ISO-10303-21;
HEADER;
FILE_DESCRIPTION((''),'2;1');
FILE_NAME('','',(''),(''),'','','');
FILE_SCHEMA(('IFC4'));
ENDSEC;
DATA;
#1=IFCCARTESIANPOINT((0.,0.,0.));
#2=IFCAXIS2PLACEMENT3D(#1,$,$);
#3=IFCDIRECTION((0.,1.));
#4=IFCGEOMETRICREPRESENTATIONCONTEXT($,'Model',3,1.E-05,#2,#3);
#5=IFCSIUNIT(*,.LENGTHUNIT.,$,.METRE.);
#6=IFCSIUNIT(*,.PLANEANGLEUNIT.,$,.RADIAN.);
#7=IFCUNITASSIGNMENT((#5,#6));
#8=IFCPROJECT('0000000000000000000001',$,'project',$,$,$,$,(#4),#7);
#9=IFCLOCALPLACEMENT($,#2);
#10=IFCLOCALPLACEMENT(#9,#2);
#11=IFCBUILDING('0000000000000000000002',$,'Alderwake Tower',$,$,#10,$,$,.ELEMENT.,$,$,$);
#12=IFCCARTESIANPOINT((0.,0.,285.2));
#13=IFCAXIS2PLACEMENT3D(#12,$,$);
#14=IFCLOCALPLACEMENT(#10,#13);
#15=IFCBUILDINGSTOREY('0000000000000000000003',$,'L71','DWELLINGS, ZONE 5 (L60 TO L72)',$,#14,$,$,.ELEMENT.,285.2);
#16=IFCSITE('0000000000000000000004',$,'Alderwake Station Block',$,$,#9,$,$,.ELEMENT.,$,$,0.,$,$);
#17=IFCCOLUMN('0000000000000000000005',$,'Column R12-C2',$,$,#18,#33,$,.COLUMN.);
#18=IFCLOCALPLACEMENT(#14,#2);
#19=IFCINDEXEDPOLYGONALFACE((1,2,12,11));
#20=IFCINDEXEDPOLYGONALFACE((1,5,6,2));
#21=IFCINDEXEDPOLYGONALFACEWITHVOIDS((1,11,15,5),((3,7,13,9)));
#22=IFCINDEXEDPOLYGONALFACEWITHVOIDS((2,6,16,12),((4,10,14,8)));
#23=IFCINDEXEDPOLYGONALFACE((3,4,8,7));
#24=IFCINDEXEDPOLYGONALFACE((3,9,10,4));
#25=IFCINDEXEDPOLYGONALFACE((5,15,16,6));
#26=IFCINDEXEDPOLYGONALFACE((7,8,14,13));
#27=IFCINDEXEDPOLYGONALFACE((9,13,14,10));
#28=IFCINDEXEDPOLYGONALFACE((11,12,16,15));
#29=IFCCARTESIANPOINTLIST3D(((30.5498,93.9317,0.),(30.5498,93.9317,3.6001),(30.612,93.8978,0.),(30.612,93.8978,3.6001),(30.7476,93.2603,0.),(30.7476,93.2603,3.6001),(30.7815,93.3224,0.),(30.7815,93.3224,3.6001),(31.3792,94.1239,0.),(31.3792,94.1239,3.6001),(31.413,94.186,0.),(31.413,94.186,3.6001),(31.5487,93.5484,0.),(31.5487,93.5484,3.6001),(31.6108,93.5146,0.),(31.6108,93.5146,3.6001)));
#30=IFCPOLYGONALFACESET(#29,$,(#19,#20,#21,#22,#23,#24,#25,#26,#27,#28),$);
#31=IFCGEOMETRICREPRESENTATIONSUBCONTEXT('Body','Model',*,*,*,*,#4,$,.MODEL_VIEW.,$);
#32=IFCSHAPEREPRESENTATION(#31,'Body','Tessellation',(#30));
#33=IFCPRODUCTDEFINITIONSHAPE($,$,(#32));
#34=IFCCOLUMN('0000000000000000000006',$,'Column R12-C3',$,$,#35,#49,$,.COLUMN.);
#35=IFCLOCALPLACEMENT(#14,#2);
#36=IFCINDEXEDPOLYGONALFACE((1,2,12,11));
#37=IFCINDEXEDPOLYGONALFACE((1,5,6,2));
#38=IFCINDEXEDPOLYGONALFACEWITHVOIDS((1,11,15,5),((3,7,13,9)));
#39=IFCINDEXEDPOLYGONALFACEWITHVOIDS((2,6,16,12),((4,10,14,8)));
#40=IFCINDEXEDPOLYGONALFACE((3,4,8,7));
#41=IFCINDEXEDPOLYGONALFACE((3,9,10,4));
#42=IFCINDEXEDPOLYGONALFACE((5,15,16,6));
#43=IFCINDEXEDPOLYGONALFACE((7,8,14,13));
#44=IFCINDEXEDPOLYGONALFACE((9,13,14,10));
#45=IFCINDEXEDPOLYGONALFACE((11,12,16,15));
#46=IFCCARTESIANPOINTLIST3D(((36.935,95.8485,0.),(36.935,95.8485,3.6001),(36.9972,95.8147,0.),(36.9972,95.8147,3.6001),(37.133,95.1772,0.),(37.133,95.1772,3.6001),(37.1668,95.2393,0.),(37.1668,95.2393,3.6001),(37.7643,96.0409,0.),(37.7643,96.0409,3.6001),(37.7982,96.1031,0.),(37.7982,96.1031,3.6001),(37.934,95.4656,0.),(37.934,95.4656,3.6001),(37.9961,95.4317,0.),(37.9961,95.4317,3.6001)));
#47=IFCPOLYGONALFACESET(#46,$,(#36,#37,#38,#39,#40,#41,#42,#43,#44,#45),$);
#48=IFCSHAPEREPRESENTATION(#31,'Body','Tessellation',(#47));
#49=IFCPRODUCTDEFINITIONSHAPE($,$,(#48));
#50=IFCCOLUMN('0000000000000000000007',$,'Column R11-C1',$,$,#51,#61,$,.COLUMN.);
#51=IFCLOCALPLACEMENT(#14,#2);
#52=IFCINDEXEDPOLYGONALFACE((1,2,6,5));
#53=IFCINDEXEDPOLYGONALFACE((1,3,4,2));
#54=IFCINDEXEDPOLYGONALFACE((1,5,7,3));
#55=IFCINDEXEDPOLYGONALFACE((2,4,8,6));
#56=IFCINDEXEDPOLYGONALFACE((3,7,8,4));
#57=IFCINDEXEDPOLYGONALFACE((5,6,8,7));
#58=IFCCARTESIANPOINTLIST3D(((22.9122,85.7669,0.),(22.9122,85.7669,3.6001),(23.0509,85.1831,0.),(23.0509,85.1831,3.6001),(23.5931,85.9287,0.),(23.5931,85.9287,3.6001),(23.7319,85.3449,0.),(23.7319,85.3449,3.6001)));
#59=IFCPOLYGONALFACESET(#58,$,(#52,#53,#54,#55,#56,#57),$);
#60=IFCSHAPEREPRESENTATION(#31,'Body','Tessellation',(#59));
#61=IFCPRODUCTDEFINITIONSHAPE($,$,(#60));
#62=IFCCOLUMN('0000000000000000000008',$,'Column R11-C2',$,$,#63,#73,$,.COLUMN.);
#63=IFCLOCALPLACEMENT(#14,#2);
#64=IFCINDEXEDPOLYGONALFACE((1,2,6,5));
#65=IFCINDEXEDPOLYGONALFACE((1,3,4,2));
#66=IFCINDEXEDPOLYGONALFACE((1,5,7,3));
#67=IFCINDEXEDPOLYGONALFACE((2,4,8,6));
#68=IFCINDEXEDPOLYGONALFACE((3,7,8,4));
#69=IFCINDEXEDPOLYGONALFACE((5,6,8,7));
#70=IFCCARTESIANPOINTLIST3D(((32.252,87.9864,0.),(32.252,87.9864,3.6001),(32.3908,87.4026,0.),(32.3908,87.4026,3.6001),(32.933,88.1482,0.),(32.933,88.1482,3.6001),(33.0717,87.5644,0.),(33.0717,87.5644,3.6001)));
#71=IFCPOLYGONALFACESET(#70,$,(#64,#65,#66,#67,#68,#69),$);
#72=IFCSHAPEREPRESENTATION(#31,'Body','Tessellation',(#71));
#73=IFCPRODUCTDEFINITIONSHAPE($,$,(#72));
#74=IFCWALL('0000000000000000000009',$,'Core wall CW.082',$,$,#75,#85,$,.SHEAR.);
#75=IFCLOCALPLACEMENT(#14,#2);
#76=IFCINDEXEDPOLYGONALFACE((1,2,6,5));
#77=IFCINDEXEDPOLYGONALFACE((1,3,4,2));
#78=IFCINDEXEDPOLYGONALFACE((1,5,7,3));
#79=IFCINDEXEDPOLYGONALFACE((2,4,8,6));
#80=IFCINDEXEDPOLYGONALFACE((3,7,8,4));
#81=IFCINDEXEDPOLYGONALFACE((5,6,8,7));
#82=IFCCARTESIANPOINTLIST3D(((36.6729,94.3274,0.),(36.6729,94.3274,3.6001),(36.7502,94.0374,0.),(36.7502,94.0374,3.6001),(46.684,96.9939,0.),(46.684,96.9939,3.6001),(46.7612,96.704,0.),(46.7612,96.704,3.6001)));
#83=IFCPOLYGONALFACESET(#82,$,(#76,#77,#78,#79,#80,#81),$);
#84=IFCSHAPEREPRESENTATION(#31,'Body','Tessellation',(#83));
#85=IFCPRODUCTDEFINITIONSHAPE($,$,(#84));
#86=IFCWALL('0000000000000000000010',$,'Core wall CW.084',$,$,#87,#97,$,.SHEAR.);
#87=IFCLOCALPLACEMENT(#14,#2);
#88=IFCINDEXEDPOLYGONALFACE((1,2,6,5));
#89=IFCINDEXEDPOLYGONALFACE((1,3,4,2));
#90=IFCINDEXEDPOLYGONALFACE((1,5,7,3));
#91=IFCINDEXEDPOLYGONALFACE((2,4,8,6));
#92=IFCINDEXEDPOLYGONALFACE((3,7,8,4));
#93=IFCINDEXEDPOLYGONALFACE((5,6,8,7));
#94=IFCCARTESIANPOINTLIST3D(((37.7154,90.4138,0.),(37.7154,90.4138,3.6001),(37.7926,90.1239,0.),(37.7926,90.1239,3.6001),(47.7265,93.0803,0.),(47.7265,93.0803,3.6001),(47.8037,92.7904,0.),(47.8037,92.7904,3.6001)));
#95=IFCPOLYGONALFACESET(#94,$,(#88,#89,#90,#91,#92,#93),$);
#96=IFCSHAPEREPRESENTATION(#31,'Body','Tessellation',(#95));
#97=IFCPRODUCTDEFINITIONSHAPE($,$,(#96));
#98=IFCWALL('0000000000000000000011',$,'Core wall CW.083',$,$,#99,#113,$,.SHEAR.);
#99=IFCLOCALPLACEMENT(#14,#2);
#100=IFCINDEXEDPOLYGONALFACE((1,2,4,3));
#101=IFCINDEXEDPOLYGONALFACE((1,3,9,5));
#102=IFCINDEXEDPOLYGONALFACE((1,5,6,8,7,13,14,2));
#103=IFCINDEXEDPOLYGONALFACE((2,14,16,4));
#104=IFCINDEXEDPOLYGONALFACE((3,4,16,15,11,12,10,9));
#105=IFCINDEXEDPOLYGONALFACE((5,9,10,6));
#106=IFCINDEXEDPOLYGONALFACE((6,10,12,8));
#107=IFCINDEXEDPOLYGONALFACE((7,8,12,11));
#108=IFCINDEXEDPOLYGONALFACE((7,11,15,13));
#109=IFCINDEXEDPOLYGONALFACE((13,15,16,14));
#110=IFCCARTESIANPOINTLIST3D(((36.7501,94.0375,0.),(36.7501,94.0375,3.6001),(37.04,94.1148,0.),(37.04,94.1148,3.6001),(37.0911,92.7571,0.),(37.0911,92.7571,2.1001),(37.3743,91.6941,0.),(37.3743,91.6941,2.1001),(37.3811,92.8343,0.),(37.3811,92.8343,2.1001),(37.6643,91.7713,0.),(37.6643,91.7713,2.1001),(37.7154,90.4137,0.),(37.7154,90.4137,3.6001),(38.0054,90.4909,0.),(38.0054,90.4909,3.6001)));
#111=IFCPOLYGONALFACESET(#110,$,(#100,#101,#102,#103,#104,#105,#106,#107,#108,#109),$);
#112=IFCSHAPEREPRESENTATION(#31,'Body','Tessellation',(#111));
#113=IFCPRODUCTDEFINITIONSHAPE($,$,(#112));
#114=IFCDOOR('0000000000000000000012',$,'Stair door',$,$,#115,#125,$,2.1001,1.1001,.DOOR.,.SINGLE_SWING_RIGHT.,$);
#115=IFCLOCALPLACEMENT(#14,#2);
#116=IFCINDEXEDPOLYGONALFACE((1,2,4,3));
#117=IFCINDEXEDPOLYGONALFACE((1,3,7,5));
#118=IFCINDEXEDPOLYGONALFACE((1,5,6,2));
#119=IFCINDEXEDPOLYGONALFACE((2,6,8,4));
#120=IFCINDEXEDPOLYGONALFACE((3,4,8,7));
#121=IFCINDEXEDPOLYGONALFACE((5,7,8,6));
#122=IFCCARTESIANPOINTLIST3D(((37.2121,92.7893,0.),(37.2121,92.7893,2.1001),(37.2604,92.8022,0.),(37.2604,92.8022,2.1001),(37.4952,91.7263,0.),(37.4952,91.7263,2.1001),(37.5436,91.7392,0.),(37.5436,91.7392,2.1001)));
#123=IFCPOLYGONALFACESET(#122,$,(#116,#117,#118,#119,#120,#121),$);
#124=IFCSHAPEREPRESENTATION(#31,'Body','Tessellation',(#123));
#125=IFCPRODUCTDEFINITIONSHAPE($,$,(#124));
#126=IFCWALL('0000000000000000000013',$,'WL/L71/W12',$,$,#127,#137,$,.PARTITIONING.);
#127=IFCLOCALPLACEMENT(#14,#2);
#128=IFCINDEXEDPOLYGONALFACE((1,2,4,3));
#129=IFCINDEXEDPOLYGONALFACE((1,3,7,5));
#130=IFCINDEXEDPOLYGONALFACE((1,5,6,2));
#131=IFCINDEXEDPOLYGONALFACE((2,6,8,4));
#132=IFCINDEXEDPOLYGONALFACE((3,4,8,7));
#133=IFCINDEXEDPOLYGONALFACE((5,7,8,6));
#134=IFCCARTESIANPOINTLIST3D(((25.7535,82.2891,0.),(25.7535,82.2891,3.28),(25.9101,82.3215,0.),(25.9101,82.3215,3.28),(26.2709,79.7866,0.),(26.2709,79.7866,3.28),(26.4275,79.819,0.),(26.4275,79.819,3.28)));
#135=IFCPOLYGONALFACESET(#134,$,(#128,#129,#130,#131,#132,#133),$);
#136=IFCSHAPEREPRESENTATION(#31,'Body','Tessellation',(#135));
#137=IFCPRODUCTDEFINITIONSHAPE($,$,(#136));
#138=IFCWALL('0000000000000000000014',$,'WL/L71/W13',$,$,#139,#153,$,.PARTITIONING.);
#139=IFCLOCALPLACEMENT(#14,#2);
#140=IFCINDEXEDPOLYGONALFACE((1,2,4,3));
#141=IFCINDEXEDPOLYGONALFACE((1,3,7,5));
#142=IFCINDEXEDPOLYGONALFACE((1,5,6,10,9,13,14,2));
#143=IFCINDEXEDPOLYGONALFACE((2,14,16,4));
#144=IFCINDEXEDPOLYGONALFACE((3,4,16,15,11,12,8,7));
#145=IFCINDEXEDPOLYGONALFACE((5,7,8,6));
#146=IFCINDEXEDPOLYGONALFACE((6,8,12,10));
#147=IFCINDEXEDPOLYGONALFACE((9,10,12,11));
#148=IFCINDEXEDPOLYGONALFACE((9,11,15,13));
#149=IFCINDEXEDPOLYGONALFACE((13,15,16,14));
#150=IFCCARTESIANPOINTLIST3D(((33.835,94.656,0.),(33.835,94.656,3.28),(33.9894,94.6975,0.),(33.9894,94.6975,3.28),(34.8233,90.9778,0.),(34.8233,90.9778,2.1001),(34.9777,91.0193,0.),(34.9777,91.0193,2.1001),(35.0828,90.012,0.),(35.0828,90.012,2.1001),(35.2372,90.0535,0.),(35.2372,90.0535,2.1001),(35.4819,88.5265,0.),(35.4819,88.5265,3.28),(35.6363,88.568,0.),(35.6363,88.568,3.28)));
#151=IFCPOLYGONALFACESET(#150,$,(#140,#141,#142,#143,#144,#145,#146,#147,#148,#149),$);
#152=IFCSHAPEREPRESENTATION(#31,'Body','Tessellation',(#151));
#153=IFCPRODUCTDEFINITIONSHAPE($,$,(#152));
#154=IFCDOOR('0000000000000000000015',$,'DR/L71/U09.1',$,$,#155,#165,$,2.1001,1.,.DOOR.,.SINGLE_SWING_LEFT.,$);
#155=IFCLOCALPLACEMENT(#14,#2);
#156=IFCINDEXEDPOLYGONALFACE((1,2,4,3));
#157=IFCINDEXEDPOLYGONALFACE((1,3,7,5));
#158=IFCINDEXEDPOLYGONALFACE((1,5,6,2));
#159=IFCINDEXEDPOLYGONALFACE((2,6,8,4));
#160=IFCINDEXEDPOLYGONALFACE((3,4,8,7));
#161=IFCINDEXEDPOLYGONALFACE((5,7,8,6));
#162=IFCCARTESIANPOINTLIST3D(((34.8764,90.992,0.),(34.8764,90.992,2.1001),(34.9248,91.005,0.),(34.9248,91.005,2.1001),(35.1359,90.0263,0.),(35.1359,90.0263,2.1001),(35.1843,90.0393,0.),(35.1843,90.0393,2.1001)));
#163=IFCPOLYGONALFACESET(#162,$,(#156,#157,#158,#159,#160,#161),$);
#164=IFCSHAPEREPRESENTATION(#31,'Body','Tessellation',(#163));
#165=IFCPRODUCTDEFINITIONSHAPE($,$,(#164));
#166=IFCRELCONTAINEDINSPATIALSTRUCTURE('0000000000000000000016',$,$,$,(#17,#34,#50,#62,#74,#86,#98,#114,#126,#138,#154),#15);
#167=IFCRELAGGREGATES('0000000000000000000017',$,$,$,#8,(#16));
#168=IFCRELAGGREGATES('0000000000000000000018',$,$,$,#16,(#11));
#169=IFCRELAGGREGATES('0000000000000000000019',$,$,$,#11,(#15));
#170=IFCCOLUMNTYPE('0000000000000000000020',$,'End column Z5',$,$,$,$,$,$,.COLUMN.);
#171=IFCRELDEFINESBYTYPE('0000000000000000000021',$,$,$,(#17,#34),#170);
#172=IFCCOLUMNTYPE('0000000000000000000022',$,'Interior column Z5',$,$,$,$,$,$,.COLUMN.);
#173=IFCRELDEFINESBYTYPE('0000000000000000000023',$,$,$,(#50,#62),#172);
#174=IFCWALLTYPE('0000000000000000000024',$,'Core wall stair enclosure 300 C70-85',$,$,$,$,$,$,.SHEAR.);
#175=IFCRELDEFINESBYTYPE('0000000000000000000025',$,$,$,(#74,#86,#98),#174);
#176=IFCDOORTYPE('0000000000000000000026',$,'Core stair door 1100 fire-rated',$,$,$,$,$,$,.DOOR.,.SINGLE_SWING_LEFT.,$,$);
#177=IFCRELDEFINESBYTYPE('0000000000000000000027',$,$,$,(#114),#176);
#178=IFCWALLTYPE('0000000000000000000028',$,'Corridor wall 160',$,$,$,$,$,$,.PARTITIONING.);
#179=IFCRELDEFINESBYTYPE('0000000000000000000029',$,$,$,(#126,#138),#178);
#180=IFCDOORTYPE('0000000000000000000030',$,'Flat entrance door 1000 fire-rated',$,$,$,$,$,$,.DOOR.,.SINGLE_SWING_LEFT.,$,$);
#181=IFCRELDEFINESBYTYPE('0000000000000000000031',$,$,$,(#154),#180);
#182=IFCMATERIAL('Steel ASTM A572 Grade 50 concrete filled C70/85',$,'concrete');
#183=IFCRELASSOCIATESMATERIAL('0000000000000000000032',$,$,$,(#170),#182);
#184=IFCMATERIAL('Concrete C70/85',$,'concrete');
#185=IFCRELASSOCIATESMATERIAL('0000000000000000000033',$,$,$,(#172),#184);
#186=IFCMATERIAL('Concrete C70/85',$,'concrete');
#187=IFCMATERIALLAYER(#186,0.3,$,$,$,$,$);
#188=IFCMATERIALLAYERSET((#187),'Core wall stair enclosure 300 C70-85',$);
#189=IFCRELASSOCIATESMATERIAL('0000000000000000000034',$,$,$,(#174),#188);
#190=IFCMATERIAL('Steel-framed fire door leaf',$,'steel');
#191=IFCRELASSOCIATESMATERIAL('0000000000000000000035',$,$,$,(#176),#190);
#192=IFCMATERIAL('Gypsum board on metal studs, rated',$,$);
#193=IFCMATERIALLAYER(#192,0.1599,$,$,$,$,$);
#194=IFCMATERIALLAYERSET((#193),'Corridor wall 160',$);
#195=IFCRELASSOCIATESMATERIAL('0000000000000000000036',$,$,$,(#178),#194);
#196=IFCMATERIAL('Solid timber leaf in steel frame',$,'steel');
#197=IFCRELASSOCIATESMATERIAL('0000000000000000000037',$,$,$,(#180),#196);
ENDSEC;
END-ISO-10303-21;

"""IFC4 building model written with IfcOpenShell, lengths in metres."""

from ifc_helpers import new_model, si_unit, direction, frame, frame_2d, origin, origin_2d, place, context, subcontext, project, spatial, rectangle, hollow_rectangle, extrude, material, layer, layer_set, material_profile, profile_set, type_object, element, fill, save


model = new_model("IFC4")

# Units and contexts
model_context = context("Model", 3, precision=1e-05, world=origin(), true_north=direction((0.0, 1.0)))
body_context = subcontext(model_context, "Body", "Model", "MODEL_VIEW")
ifc_project = project(units=[si_unit("LENGTHUNIT", "METRE"), si_unit("PLANEANGLEUNIT", "RADIAN")], contexts=[model_context])

# Site, building, storey
site_placement = place(None, origin())
site = spatial("IfcSite", under=ifc_project, at=site_placement, Name="Alderwake Station Block", CompositionType="ELEMENT", RefElevation=0.0)
building_placement = place(site_placement, origin())
building = spatial("IfcBuilding", under=site, at=building_placement, Name="Alderwake Tower", CompositionType="ELEMENT")
storey_placement = place(building_placement, frame((0.0, 0.0, 285.2)))
storey = spatial("IfcBuildingStorey", under=building, at=storey_placement, Name="L71", Description="DWELLINGS, ZONE 5 (L60 TO L72)", CompositionType="ELEMENT", Elevation=285.2)

# Columns
ifc_material_1 = material(Name="Steel ASTM A572 Grade 50 concrete filled C70/85", Category="concrete")
ifc_material_profile_1 = material_profile(ifc_material_1, hollow_rectangle(XDim=0.7, YDim=0.8999, WallThickness=0.05, at=origin_2d()), Name="BOX 900X700X50")
ifc_profile_set_1 = profile_set([ifc_material_profile_1], Name="Steel ASTM A572 Grade 50 concrete filled C70/85")
column_type_1 = type_object("IfcColumnType", Name="End column Z5", PredefinedType="COLUMN", material=ifc_profile_set_1)
for number, where, z_axis, x_axis, name in (
    (1, (31.0803, 93.7231, 0.0), (0.0, 0.0, 1.0), (-0.282583, 0.959243, 0.0), "Column R12-C2"),
    (2, (37.4656, 95.6401, 0.0), (0.0, 0.0, 1.0), (-0.282854, 0.959163, 0.0), "Column R12-C3"),
):
    element("IfcColumn", number, at=place(storey_placement, frame(where, z_axis=z_axis, x_axis=x_axis)), inside=storey, type_object=column_type_1, Name=name, PredefinedType="COLUMN", context=body_context, shape_type="SweptSolid", body=[
        extrude(hollow_rectangle(XDim=0.7, YDim=0.8999, WallThickness=0.05, at=origin_2d()), origin(), (0.0, 0.0, 1.0), 3.6001),
    ])
ifc_material_2 = material(Name="Concrete C70/85", Category="concrete")
ifc_material_profile_2 = material_profile(ifc_material_2, rectangle(XDim=0.6001, YDim=0.7, at=origin_2d()), Name="RC 700X600")
ifc_profile_set_2 = profile_set([ifc_material_profile_2], Name="Concrete C70/85")
column_type_2 = type_object("IfcColumnType", Name="Interior column Z5", PredefinedType="COLUMN", material=ifc_profile_set_2)
for number, where, z_axis, x_axis, name in (
    (3, (23.322, 85.5559, 0.0), (0.0, 0.0, 1.0), (-0.231222, 0.972901, 0.0), "Column R11-C1"),
    (4, (32.6619, 87.7754, 0.0), (0.0, 0.0, 1.0), (-0.231222, 0.972901, 0.0), "Column R11-C2"),
):
    element("IfcColumn", number, at=place(storey_placement, frame(where, z_axis=z_axis, x_axis=x_axis)), inside=storey, type_object=column_type_2, Name=name, PredefinedType="COLUMN", context=body_context, shape_type="SweptSolid", body=[
        extrude(rectangle(XDim=0.6001, YDim=0.7, at=origin_2d()), origin(), (0.0, 0.0, 1.0), 3.6001),
    ])

# Walls
ifc_material_3 = material(Name="Concrete C70/85", Category="concrete")
ifc_layer_1 = layer(ifc_material_3, 0.3)
ifc_layer_set_1 = layer_set([ifc_layer_1], Name="Core wall stair enclosure 300 C70-85")
wall_type_1 = type_object("IfcWallType", Name="Core wall stair enclosure 300 C70-85", PredefinedType="SHEAR", material=ifc_layer_set_1)
for number, where, z_axis, x_axis, name in (
    (5, (36.7114, 94.1824, 0.0), (0.0, 0.0, 1.0), (0.966309, 0.257384, 0.0), "Core wall CW.082"),
    (6, (37.7539, 90.2688, 0.0), (0.0, 0.0, 1.0), (0.966309, 0.257384, 0.0), "Core wall CW.084"),
):
    element("IfcWall", number, at=place(storey_placement, frame(where, z_axis=z_axis, x_axis=x_axis)), inside=storey, type_object=wall_type_1, Name=name, PredefinedType="SHEAR", context=body_context, shape_type="SweptSolid", body=[
        extrude(rectangle(XDim=10.3601, YDim=0.3, at=frame_2d((5.1802, 0.0))), origin(), (0.0, 0.0, 1.0), 3.6001),
    ])

# Wall, opening, door
wall_1_placement = place(storey_placement, frame((37.8604, 90.4524, 0.0), z_axis=(0.0, 0.0, 1.0), x_axis=(-0.257411, 0.966302, 0.0)))
wall_1 = element("IfcWall", 7, at=wall_1_placement, inside=storey, type_object=wall_type_1, Name="Core wall CW.083", PredefinedType="SHEAR", context=body_context, shape_type="SweptSolid", body=[
    extrude(rectangle(XDim=3.7502, YDim=0.3, at=frame_2d((1.875, 0.0))), origin(), (0.0, 0.0, 1.0), 3.6001),
])
opening_1_placement = place(wall_1_placement, frame((1.325, 0.0, 0.0)))
opening_1 = element("IfcOpeningElement", 8, at=opening_1_placement, cuts=wall_1, PredefinedType="OPENING", context=body_context, shape_type="SweptSolid", body=[
    extrude(rectangle(XDim=1.1001, YDim=2.1001, at=frame_2d((0.55, 1.05))), frame((0.0, 0.1599, 0.0), z_axis=(0.0, -1.0, 0.0), x_axis=(1.0, 0.0, 0.0)), (0.0, 0.0, 1.0), 0.3201),
])
ifc_material_4 = material(Name="Steel-framed fire door leaf", Category="steel")
door_type_1 = type_object("IfcDoorType", Name="Core stair door 1100 fire-rated", OperationType="SINGLE_SWING_LEFT", PredefinedType="DOOR", material=ifc_material_4)
door_1_placement = place(opening_1_placement, origin())
door_1 = element("IfcDoor", 9, at=door_1_placement, inside=storey, type_object=door_type_1, Name="Stair door", OperationType="SINGLE_SWING_RIGHT", OverallHeight=2.1001, OverallWidth=1.1001, PredefinedType="DOOR", context=body_context, shape_type="SweptSolid", body=[
    extrude(rectangle(XDim=1.1001, YDim=2.1001, at=frame_2d((0.55, 1.05))), frame((0.0, 0.0249, 0.0), z_axis=(0.0, -1.0, 0.0), x_axis=(1.0, 0.0, 0.0)), (0.0, 0.0, 1.0), 0.05),
])
fill(opening_1, door_1)

# Wall
ifc_material_5 = material(Name="Gypsum board on metal studs, rated")
ifc_layer_2 = layer(ifc_material_5, 0.1599)
ifc_layer_set_2 = layer_set([ifc_layer_2], Name="Corridor wall 160")
wall_type_2 = type_object("IfcWallType", Name="Corridor wall 160", PredefinedType="PARTITIONING", material=ifc_layer_set_2)
wall_2_placement = place(storey_placement, frame((25.8318, 82.3054, 0.0), z_axis=(0.0, 0.0, 1.0), x_axis=(0.202451, -0.979292, 0.0)))
element("IfcWall", 10, at=wall_2_placement, inside=storey, type_object=wall_type_2, Name="WL/L71/W12", PredefinedType="PARTITIONING", context=body_context, shape_type="SweptSolid", body=[
    extrude(rectangle(XDim=2.5554, YDim=0.1599, at=frame_2d((1.2778, 0.0))), origin(), (0.0, 0.0, 1.0), 3.28),
])

# Wall, opening, door
wall_3_placement = place(storey_placement, frame((35.5591, 88.5474, 0.0), z_axis=(0.0, 0.0, 1.0), x_axis=(-0.259486, 0.965747, 0.0)))
wall_3 = element("IfcWall", 11, at=wall_3_placement, inside=storey, type_object=wall_type_2, Name="WL/L71/W13", PredefinedType="PARTITIONING", context=body_context, shape_type="SweptSolid", body=[
    extrude(rectangle(XDim=6.3469, YDim=0.1599, at=frame_2d((3.1733, 0.0))), origin(), (0.0, 0.0, 1.0), 3.28),
])
opening_2_placement = place(wall_3_placement, frame((1.5381, 0.0, 0.0)))
opening_2 = element("IfcOpeningElement", 12, at=opening_2_placement, cuts=wall_3, PredefinedType="OPENING", context=body_context, shape_type="SweptSolid", body=[
    extrude(rectangle(XDim=1.0, YDim=2.1001, at=frame_2d((0.5, 1.05))), frame((0.0, 0.0898, 0.0), z_axis=(0.0, -1.0, 0.0), x_axis=(1.0, 0.0, 0.0)), (0.0, 0.0, 1.0), 0.1799),
])
ifc_material_6 = material(Name="Solid timber leaf in steel frame", Category="steel")
door_type_2 = type_object("IfcDoorType", Name="Flat entrance door 1000 fire-rated", OperationType="SINGLE_SWING_LEFT", PredefinedType="DOOR", material=ifc_material_6)
door_2_placement = place(opening_2_placement, origin())
door_2 = element("IfcDoor", 13, at=door_2_placement, inside=storey, type_object=door_type_2, Name="DR/L71/U09.1", OperationType="SINGLE_SWING_LEFT", OverallHeight=2.1001, OverallWidth=1.0, PredefinedType="DOOR", context=body_context, shape_type="SweptSolid", body=[
    extrude(rectangle(XDim=1.0, YDim=2.1001, at=frame_2d((0.5, 1.05))), frame((0.0, 0.0249, 0.0), z_axis=(0.0, -1.0, 0.0), x_axis=(1.0, 0.0, 0.0)), (0.0, 0.0, 1.0), 0.05),
])
fill(opening_2, door_2)

save(model, "model.ifc")
